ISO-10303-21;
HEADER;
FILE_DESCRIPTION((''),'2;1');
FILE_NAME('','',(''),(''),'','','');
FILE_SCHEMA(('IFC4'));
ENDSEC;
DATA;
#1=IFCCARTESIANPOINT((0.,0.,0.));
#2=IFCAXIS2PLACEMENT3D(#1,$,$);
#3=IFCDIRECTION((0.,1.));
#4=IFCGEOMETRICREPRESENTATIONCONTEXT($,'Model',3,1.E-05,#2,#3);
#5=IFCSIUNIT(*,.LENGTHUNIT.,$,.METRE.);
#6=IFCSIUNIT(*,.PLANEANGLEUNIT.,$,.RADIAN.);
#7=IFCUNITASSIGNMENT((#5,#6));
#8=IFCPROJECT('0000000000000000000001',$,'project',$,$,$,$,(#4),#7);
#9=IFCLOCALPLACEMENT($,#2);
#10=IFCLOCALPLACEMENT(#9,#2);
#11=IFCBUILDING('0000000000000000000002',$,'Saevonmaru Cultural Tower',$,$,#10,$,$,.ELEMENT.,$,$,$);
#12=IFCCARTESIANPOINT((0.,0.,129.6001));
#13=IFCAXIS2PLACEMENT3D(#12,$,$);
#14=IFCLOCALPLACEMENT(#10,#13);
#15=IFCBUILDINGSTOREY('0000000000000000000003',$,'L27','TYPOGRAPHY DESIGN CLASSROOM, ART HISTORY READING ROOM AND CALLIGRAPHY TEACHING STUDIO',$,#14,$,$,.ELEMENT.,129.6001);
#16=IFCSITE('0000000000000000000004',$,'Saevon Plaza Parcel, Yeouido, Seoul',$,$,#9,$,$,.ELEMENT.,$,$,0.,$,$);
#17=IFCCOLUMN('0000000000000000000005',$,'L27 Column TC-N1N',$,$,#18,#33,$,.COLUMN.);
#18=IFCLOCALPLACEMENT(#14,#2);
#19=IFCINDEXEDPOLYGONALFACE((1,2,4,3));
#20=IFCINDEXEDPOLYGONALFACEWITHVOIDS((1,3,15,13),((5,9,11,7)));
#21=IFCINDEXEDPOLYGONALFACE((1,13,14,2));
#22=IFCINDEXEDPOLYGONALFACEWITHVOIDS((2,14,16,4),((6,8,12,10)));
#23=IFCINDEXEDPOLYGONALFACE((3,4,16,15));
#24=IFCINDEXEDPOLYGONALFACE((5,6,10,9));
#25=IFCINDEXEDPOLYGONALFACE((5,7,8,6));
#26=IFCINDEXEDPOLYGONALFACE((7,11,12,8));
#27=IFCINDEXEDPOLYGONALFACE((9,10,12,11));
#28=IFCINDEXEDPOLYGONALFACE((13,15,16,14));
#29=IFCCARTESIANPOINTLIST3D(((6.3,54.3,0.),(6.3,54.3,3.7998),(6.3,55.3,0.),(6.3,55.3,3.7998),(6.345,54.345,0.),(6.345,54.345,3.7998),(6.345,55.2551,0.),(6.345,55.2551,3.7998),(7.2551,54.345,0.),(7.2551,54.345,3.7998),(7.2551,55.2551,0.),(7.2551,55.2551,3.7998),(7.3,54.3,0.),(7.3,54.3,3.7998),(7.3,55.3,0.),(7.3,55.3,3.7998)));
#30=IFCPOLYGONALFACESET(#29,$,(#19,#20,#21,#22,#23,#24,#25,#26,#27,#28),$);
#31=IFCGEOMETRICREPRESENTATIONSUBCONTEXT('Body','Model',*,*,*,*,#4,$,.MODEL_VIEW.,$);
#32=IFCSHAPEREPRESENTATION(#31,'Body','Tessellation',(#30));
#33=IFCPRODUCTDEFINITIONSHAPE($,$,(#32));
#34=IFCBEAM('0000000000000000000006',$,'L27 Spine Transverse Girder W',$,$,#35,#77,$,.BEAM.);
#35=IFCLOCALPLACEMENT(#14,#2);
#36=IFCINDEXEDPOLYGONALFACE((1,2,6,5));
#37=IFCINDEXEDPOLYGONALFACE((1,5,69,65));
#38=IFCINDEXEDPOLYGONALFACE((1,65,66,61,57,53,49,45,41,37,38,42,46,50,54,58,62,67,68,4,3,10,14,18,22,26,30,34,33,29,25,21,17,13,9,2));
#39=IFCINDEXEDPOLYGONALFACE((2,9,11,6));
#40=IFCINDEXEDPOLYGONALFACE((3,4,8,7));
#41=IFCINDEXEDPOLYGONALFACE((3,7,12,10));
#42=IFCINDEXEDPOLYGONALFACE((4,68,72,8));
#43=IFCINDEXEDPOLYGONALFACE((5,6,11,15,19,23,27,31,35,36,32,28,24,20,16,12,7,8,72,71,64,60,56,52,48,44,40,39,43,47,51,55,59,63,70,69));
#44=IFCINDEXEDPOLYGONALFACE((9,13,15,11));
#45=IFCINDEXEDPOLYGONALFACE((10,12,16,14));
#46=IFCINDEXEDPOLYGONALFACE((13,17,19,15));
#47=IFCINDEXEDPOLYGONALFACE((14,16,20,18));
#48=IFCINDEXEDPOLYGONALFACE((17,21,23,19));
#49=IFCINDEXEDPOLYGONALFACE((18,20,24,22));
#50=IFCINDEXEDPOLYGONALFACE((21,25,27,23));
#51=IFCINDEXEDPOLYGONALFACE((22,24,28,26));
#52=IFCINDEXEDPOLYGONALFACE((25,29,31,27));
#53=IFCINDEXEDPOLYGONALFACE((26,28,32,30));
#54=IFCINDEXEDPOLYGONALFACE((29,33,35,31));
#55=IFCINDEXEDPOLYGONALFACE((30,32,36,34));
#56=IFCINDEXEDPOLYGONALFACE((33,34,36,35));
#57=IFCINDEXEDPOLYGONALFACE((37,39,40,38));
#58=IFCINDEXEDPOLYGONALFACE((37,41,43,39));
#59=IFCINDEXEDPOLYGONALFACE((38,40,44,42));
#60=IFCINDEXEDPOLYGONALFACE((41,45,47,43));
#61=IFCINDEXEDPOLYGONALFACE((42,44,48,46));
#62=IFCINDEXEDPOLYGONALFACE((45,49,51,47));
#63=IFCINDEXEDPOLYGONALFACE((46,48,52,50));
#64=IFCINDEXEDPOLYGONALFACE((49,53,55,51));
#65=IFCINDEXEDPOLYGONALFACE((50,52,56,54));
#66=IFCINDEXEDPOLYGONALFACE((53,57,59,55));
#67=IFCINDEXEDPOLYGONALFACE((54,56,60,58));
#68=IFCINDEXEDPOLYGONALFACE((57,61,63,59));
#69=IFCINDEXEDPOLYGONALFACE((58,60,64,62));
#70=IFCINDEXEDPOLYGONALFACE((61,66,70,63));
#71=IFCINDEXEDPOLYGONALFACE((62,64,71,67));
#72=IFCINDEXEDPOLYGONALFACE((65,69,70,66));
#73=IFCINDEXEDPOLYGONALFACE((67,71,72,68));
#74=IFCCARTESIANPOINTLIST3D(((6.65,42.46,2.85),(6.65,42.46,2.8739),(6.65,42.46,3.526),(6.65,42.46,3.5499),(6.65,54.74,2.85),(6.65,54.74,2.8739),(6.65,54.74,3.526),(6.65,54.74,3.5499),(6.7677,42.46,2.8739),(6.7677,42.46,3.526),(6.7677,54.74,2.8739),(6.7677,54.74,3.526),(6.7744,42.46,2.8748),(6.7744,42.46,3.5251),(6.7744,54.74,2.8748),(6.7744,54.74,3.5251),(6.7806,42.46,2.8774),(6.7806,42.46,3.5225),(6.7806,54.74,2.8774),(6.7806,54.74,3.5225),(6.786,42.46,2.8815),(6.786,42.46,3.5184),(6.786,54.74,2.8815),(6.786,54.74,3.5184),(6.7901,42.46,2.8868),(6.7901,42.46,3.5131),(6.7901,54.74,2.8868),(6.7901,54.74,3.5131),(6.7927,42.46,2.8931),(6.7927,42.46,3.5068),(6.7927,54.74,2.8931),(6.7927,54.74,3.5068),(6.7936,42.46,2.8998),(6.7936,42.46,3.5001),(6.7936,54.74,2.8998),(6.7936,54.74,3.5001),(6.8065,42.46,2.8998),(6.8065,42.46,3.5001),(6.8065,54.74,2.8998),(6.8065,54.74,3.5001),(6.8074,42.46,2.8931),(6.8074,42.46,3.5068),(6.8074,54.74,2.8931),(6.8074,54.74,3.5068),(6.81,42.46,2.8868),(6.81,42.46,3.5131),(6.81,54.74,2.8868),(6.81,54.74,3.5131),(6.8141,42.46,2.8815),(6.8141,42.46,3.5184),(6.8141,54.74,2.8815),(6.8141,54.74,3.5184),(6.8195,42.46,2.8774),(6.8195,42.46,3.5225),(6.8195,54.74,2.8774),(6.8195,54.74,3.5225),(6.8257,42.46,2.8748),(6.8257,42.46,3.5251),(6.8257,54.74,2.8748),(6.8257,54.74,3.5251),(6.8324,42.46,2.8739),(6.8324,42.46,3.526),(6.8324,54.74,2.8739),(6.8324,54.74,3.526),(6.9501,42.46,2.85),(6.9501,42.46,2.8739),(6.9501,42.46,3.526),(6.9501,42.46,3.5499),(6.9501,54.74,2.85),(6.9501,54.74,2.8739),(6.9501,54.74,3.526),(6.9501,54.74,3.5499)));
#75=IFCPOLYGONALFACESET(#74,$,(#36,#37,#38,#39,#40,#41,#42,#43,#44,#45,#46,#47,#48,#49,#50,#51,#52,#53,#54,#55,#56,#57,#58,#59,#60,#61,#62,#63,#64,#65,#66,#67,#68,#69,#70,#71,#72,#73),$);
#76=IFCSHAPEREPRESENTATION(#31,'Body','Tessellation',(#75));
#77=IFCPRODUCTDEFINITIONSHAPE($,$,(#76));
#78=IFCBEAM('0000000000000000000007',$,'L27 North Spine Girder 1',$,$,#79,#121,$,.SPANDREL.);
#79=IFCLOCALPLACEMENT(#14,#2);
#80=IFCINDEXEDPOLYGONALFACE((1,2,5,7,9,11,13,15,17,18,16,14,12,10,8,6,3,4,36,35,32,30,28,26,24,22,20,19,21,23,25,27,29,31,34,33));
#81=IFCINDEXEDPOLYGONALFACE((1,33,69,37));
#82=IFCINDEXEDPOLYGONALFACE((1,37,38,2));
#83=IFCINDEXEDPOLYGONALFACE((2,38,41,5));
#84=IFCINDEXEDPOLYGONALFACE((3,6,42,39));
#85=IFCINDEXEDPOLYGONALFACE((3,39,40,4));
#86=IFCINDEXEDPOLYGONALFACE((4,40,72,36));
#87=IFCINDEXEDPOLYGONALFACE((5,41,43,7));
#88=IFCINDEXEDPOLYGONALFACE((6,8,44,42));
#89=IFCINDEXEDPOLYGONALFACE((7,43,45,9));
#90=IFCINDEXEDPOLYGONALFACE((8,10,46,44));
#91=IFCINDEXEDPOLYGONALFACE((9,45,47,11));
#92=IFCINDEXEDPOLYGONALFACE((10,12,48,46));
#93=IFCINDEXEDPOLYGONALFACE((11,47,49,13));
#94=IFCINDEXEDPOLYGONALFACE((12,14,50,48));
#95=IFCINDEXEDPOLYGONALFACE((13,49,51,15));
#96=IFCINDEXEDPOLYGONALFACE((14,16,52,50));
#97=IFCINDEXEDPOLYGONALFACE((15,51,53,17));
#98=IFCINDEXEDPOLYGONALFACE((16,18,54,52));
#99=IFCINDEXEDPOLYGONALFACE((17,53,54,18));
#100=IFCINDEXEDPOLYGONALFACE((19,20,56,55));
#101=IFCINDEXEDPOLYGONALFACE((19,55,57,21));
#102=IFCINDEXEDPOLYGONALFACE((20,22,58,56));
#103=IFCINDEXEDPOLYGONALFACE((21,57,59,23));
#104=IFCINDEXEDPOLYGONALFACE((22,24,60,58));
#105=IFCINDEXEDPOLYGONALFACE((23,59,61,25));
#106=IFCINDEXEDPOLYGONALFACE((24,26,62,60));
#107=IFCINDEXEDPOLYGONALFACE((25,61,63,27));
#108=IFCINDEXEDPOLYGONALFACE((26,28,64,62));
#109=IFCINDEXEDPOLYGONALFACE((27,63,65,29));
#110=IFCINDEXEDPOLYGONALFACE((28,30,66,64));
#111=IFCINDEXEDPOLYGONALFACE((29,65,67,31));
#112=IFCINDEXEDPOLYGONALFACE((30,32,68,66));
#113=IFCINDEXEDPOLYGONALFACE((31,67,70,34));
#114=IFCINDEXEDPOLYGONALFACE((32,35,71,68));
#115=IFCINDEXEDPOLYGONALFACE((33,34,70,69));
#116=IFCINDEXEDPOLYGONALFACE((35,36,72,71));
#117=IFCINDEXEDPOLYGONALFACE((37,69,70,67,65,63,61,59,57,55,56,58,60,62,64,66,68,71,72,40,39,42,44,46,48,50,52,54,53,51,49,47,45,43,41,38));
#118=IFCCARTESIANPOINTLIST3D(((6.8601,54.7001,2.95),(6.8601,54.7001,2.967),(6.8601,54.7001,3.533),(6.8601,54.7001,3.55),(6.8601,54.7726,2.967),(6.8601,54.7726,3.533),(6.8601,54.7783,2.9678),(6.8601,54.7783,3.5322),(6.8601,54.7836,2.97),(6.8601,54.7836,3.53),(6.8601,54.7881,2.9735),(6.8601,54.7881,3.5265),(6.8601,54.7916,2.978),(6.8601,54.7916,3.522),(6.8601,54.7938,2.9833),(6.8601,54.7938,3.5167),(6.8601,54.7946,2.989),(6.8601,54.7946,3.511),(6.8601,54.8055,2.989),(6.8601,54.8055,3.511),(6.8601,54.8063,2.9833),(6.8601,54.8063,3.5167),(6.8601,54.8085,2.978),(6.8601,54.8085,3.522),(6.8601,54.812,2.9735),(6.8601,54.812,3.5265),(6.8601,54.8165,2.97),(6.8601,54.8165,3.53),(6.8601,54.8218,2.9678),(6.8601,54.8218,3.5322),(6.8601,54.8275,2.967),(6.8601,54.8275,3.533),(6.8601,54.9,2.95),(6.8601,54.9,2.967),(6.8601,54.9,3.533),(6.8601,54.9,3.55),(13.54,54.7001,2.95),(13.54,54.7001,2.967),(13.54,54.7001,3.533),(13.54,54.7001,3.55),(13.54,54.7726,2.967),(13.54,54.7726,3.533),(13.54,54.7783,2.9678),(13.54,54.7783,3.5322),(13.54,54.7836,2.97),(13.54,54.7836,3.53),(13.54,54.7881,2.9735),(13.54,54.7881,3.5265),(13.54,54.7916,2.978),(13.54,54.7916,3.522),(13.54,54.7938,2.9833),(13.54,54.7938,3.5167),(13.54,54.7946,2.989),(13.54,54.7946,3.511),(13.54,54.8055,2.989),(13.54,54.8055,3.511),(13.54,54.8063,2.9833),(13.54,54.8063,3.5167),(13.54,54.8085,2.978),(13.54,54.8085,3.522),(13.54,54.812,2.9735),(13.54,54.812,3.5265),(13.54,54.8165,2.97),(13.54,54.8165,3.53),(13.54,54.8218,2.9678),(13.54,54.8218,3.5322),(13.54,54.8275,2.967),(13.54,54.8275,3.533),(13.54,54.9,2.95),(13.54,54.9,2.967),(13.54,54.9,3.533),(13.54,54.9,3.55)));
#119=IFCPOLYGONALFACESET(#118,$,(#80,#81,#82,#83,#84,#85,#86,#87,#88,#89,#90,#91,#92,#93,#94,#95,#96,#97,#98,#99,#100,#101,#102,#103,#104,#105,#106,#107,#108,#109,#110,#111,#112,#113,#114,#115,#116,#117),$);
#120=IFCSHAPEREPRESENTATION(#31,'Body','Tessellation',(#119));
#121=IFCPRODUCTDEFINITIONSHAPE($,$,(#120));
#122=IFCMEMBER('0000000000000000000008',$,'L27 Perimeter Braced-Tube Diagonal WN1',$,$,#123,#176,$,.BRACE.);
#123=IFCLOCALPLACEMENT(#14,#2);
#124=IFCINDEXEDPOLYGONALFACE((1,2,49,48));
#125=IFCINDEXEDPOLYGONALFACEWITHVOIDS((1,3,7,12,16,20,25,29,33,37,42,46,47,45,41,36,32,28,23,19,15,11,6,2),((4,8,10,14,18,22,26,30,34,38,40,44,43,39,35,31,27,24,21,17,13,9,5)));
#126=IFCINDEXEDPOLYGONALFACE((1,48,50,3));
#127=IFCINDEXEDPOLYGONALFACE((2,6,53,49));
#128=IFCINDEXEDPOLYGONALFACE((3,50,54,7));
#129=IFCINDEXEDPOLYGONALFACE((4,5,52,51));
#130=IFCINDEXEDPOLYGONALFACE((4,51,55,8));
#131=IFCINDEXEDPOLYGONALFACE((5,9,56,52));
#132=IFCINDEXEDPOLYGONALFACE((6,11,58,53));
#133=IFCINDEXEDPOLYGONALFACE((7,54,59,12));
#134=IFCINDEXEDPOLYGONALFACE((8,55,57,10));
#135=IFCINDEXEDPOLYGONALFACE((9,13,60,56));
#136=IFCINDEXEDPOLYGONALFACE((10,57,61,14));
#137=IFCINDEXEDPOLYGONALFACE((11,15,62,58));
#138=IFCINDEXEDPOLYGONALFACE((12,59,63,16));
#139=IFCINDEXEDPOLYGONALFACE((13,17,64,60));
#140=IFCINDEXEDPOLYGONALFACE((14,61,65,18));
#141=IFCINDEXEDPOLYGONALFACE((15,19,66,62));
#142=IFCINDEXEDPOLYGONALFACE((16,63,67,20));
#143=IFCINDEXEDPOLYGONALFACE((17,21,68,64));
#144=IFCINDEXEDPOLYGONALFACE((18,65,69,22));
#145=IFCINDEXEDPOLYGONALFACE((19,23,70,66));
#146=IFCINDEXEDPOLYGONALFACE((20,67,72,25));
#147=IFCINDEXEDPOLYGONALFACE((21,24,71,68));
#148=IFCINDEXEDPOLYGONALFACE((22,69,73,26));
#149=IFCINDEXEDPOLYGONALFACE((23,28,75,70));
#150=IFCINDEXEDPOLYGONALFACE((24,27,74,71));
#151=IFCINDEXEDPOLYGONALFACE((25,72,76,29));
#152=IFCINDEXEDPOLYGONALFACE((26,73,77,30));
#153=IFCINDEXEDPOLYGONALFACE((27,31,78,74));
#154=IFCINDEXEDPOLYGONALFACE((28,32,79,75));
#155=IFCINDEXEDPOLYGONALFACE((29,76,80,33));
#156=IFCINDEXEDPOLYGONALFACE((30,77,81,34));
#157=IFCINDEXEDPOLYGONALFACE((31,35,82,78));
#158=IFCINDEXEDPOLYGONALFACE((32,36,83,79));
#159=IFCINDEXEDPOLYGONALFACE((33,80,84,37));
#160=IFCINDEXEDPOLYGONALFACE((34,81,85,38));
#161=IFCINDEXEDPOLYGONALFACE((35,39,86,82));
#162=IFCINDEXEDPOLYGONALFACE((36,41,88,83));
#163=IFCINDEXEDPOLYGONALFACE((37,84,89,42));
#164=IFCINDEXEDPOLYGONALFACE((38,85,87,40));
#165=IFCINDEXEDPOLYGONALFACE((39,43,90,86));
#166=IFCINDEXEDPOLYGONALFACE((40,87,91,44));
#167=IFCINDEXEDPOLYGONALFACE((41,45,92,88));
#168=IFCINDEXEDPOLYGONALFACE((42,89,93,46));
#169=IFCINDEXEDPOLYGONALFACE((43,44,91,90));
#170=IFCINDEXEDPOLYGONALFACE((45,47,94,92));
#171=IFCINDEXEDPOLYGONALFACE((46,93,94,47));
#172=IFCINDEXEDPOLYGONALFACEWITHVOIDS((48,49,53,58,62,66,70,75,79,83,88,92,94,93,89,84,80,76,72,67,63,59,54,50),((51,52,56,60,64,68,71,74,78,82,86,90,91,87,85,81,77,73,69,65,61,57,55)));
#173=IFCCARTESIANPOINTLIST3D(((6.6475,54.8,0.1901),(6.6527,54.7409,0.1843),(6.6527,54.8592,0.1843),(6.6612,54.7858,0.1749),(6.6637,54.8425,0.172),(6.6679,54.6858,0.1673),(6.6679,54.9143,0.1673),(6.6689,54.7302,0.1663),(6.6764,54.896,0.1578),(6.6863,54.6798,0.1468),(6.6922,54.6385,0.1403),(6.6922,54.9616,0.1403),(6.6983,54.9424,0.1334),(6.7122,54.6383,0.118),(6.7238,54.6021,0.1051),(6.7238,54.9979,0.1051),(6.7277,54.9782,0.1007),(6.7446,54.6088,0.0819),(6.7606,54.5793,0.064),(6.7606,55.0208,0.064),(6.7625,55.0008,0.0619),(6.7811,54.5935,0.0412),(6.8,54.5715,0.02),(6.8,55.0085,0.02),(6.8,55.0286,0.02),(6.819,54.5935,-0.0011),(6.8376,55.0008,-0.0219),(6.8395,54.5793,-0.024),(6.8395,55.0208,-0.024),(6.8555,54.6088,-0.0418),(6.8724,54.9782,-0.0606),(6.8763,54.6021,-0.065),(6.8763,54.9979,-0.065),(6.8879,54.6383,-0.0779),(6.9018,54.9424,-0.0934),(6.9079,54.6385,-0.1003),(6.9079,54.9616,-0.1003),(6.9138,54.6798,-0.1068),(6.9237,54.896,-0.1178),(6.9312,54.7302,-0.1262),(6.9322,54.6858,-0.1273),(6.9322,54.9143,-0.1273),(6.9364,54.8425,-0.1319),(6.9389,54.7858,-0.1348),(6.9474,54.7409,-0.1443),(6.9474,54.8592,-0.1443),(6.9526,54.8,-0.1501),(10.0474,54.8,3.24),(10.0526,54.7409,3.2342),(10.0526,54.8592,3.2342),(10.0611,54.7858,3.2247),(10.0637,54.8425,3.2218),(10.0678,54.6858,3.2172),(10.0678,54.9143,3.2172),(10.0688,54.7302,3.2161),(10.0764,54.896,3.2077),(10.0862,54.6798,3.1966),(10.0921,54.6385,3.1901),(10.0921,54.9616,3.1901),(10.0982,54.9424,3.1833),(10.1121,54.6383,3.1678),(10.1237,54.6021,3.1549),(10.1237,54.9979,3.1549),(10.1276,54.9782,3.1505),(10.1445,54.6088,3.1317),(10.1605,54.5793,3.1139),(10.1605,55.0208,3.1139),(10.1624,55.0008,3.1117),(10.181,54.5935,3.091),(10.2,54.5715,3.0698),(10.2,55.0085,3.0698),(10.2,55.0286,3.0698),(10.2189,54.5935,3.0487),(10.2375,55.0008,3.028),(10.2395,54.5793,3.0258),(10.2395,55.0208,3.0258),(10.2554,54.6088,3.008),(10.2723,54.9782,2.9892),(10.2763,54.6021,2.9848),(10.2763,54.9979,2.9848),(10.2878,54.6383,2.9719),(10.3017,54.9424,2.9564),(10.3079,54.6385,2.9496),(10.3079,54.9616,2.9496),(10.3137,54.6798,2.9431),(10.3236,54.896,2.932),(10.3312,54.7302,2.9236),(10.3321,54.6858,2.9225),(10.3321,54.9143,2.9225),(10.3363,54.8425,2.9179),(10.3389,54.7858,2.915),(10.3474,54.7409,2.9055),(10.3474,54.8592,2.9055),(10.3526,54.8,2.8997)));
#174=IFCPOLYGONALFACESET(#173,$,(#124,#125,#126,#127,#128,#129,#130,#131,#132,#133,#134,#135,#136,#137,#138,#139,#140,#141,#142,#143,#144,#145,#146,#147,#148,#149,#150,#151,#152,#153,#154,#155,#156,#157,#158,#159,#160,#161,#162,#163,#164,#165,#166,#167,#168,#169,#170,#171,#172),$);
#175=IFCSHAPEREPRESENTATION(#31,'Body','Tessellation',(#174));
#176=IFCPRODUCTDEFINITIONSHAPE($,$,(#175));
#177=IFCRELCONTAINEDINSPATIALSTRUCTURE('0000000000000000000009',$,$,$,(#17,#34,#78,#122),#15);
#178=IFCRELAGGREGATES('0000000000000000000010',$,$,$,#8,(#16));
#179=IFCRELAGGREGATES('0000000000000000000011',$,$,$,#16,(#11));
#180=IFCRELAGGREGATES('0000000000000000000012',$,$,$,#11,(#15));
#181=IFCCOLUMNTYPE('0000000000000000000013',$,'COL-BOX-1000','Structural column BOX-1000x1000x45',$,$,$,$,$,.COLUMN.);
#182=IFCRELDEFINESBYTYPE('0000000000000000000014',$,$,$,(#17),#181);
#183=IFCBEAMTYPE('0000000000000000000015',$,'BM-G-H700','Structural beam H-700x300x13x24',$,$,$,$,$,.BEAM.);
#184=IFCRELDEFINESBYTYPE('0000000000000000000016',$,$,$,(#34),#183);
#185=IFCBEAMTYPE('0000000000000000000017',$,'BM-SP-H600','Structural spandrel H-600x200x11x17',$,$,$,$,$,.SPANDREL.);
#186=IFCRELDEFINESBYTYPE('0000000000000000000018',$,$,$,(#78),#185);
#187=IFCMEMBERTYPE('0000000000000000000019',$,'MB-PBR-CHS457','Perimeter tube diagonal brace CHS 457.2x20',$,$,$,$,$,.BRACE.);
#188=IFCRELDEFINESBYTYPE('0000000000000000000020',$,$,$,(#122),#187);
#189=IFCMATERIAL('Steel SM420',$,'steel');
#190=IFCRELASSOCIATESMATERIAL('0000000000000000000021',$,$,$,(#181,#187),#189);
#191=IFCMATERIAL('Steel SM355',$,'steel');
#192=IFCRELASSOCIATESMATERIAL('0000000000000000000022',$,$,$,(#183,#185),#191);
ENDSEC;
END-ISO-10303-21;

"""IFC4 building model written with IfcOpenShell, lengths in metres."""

from ifc_helpers import new_model, si_unit, direction, frame, origin, origin_2d, place, context, subcontext, project, spatial, hollow_rectangle, hollow_circle, i_section, extrude, material, material_profile, profile_set, type_object, element, save


model = new_model("IFC4")

# Units and contexts
model_context = context("Model", 3, precision=1e-05, world=origin(), true_north=direction((0.0, 1.0)))
body_context = subcontext(model_context, "Body", "Model", "MODEL_VIEW")
ifc_project = project(units=[si_unit("LENGTHUNIT", "METRE"), si_unit("PLANEANGLEUNIT", "RADIAN")], contexts=[model_context])

# Site, building, storey
site_placement = place(None, origin())
site = spatial("IfcSite", under=ifc_project, at=site_placement, Name="Saevon Plaza Parcel, Yeouido, Seoul", CompositionType="ELEMENT", RefElevation=0.0)
building_placement = place(site_placement, origin())
building = spatial("IfcBuilding", under=site, at=building_placement, Name="Saevonmaru Cultural Tower", CompositionType="ELEMENT")
storey_placement = place(building_placement, frame((0.0, 0.0, 129.6001)))
storey = spatial("IfcBuildingStorey", under=building, at=storey_placement, Name="L27", Description="TYPOGRAPHY DESIGN CLASSROOM, ART HISTORY READING ROOM AND CALLIGRAPHY TEACHING STUDIO", CompositionType="ELEMENT", Elevation=129.6001)

# Column
ifc_material_1 = material(Name="Steel SM420", Category="steel")
ifc_material_profile_1 = material_profile(ifc_material_1, hollow_rectangle(XDim=1.0, YDim=1.0, WallThickness=0.0449, at=origin_2d()), Name="BOX-1000x1000x45")
ifc_profile_set_1 = profile_set([ifc_material_profile_1], Name="Steel SM420")
column_type = type_object("IfcColumnType", Name="COL-BOX-1000", Description="Structural column BOX-1000x1000x45", PredefinedType="COLUMN", material=ifc_profile_set_1)
column_placement = place(storey_placement, frame((6.8, 54.8, 0.0), z_axis=(0.0, 0.0, 1.0), x_axis=(1.0, 0.0, 0.0)))
element("IfcColumn", 1, at=column_placement, inside=storey, type_object=column_type, Name="L27 Column TC-N1N", PredefinedType="COLUMN", context=body_context, shape_type="SweptSolid", body=[
    extrude(hollow_rectangle(XDim=1.0, YDim=1.0, WallThickness=0.0449, at=origin_2d()), origin(), (0.0, 0.0, 1.0), 3.7998),
])

# Beams
ifc_material_2 = material(Name="Steel SM355", Category="steel")
ifc_material_profile_2 = material_profile(ifc_material_2, i_section(OverallWidth=0.3, OverallDepth=0.7, WebThickness=0.0129, FlangeThickness=0.0239, FilletRadius=0.0259, at=origin_2d()), Name="H-700x300x13x24")
ifc_profile_set_2 = profile_set([ifc_material_profile_2], Name="Steel SM355")
beam_type_1 = type_object("IfcBeamType", Name="BM-G-H700", Description="Structural beam H-700x300x13x24", PredefinedType="BEAM", material=ifc_profile_set_2)
beam_1_placement = place(storey_placement, frame((6.8, 54.74, 3.2), z_axis=(0.0, -1.0, 0.0), x_axis=(1.0, 0.0, 0.0)))
element("IfcBeam", 2, at=beam_1_placement, inside=storey, type_object=beam_type_1, Name="L27 Spine Transverse Girder W", PredefinedType="BEAM", context=body_context, shape_type="SweptSolid", body=[
    extrude(i_section(OverallWidth=0.3, OverallDepth=0.7, WebThickness=0.0129, FlangeThickness=0.0239, FilletRadius=0.0259, at=origin_2d()), origin(), (0.0, 0.0, 1.0), 12.28),
])
ifc_material_profile_3 = material_profile(ifc_material_2, i_section(OverallWidth=0.2, OverallDepth=0.6001, WebThickness=0.011, FlangeThickness=0.0171, FilletRadius=0.022, at=origin_2d()), Name="H-600x200x11x17")
ifc_profile_set_3 = profile_set([ifc_material_profile_3], Name="Steel SM355")
beam_type_2 = type_object("IfcBeamType", Name="BM-SP-H600", Description="Structural spandrel H-600x200x11x17", PredefinedType="SPANDREL", material=ifc_profile_set_3)
beam_2_placement = place(storey_placement, frame((6.8601, 54.8, 3.25), z_axis=(1.0, 0.0, 0.0), x_axis=(0.0, 1.0, 0.0)))
element("IfcBeam", 3, at=beam_2_placement, inside=storey, type_object=beam_type_2, Name="L27 North Spine Girder 1", PredefinedType="SPANDREL", context=body_context, shape_type="SweptSolid", body=[
    extrude(i_section(OverallWidth=0.2, OverallDepth=0.6001, WebThickness=0.011, FlangeThickness=0.0171, FilletRadius=0.022, at=origin_2d()), origin(), (0.0, 0.0, 1.0), 6.6799),
])

# Member
ifc_material_profile_4 = material_profile(ifc_material_1, hollow_circle(Radius=0.2285, WallThickness=0.02, at=origin_2d()), Name="CHS-457.2x20")
ifc_profile_set_4 = profile_set([ifc_material_profile_4], Name="Steel SM420")
member_type_1 = type_object("IfcMemberType", Name="MB-PBR-CHS457", Description="Perimeter tube diagonal brace CHS 457.2x20", PredefinedType="BRACE", material=ifc_profile_set_4)
member_1_placement = place(storey_placement, frame((6.8, 54.8, 0.02), z_axis=(0.744394, 0.0, 0.667741), x_axis=(0.0, 1.0, 0.0)))
element("IfcMember", 4, at=member_1_placement, inside=storey, type_object=member_type_1, Name="L27 Perimeter Braced-Tube Diagonal WN1", PredefinedType="BRACE", context=body_context, shape_type="SweptSolid", body=[
    extrude(hollow_circle(Radius=0.2285, WallThickness=0.02, at=origin_2d()), origin(), (0.0, 0.0, 1.0), 4.5674),
])

save(model, "model.ifc")
